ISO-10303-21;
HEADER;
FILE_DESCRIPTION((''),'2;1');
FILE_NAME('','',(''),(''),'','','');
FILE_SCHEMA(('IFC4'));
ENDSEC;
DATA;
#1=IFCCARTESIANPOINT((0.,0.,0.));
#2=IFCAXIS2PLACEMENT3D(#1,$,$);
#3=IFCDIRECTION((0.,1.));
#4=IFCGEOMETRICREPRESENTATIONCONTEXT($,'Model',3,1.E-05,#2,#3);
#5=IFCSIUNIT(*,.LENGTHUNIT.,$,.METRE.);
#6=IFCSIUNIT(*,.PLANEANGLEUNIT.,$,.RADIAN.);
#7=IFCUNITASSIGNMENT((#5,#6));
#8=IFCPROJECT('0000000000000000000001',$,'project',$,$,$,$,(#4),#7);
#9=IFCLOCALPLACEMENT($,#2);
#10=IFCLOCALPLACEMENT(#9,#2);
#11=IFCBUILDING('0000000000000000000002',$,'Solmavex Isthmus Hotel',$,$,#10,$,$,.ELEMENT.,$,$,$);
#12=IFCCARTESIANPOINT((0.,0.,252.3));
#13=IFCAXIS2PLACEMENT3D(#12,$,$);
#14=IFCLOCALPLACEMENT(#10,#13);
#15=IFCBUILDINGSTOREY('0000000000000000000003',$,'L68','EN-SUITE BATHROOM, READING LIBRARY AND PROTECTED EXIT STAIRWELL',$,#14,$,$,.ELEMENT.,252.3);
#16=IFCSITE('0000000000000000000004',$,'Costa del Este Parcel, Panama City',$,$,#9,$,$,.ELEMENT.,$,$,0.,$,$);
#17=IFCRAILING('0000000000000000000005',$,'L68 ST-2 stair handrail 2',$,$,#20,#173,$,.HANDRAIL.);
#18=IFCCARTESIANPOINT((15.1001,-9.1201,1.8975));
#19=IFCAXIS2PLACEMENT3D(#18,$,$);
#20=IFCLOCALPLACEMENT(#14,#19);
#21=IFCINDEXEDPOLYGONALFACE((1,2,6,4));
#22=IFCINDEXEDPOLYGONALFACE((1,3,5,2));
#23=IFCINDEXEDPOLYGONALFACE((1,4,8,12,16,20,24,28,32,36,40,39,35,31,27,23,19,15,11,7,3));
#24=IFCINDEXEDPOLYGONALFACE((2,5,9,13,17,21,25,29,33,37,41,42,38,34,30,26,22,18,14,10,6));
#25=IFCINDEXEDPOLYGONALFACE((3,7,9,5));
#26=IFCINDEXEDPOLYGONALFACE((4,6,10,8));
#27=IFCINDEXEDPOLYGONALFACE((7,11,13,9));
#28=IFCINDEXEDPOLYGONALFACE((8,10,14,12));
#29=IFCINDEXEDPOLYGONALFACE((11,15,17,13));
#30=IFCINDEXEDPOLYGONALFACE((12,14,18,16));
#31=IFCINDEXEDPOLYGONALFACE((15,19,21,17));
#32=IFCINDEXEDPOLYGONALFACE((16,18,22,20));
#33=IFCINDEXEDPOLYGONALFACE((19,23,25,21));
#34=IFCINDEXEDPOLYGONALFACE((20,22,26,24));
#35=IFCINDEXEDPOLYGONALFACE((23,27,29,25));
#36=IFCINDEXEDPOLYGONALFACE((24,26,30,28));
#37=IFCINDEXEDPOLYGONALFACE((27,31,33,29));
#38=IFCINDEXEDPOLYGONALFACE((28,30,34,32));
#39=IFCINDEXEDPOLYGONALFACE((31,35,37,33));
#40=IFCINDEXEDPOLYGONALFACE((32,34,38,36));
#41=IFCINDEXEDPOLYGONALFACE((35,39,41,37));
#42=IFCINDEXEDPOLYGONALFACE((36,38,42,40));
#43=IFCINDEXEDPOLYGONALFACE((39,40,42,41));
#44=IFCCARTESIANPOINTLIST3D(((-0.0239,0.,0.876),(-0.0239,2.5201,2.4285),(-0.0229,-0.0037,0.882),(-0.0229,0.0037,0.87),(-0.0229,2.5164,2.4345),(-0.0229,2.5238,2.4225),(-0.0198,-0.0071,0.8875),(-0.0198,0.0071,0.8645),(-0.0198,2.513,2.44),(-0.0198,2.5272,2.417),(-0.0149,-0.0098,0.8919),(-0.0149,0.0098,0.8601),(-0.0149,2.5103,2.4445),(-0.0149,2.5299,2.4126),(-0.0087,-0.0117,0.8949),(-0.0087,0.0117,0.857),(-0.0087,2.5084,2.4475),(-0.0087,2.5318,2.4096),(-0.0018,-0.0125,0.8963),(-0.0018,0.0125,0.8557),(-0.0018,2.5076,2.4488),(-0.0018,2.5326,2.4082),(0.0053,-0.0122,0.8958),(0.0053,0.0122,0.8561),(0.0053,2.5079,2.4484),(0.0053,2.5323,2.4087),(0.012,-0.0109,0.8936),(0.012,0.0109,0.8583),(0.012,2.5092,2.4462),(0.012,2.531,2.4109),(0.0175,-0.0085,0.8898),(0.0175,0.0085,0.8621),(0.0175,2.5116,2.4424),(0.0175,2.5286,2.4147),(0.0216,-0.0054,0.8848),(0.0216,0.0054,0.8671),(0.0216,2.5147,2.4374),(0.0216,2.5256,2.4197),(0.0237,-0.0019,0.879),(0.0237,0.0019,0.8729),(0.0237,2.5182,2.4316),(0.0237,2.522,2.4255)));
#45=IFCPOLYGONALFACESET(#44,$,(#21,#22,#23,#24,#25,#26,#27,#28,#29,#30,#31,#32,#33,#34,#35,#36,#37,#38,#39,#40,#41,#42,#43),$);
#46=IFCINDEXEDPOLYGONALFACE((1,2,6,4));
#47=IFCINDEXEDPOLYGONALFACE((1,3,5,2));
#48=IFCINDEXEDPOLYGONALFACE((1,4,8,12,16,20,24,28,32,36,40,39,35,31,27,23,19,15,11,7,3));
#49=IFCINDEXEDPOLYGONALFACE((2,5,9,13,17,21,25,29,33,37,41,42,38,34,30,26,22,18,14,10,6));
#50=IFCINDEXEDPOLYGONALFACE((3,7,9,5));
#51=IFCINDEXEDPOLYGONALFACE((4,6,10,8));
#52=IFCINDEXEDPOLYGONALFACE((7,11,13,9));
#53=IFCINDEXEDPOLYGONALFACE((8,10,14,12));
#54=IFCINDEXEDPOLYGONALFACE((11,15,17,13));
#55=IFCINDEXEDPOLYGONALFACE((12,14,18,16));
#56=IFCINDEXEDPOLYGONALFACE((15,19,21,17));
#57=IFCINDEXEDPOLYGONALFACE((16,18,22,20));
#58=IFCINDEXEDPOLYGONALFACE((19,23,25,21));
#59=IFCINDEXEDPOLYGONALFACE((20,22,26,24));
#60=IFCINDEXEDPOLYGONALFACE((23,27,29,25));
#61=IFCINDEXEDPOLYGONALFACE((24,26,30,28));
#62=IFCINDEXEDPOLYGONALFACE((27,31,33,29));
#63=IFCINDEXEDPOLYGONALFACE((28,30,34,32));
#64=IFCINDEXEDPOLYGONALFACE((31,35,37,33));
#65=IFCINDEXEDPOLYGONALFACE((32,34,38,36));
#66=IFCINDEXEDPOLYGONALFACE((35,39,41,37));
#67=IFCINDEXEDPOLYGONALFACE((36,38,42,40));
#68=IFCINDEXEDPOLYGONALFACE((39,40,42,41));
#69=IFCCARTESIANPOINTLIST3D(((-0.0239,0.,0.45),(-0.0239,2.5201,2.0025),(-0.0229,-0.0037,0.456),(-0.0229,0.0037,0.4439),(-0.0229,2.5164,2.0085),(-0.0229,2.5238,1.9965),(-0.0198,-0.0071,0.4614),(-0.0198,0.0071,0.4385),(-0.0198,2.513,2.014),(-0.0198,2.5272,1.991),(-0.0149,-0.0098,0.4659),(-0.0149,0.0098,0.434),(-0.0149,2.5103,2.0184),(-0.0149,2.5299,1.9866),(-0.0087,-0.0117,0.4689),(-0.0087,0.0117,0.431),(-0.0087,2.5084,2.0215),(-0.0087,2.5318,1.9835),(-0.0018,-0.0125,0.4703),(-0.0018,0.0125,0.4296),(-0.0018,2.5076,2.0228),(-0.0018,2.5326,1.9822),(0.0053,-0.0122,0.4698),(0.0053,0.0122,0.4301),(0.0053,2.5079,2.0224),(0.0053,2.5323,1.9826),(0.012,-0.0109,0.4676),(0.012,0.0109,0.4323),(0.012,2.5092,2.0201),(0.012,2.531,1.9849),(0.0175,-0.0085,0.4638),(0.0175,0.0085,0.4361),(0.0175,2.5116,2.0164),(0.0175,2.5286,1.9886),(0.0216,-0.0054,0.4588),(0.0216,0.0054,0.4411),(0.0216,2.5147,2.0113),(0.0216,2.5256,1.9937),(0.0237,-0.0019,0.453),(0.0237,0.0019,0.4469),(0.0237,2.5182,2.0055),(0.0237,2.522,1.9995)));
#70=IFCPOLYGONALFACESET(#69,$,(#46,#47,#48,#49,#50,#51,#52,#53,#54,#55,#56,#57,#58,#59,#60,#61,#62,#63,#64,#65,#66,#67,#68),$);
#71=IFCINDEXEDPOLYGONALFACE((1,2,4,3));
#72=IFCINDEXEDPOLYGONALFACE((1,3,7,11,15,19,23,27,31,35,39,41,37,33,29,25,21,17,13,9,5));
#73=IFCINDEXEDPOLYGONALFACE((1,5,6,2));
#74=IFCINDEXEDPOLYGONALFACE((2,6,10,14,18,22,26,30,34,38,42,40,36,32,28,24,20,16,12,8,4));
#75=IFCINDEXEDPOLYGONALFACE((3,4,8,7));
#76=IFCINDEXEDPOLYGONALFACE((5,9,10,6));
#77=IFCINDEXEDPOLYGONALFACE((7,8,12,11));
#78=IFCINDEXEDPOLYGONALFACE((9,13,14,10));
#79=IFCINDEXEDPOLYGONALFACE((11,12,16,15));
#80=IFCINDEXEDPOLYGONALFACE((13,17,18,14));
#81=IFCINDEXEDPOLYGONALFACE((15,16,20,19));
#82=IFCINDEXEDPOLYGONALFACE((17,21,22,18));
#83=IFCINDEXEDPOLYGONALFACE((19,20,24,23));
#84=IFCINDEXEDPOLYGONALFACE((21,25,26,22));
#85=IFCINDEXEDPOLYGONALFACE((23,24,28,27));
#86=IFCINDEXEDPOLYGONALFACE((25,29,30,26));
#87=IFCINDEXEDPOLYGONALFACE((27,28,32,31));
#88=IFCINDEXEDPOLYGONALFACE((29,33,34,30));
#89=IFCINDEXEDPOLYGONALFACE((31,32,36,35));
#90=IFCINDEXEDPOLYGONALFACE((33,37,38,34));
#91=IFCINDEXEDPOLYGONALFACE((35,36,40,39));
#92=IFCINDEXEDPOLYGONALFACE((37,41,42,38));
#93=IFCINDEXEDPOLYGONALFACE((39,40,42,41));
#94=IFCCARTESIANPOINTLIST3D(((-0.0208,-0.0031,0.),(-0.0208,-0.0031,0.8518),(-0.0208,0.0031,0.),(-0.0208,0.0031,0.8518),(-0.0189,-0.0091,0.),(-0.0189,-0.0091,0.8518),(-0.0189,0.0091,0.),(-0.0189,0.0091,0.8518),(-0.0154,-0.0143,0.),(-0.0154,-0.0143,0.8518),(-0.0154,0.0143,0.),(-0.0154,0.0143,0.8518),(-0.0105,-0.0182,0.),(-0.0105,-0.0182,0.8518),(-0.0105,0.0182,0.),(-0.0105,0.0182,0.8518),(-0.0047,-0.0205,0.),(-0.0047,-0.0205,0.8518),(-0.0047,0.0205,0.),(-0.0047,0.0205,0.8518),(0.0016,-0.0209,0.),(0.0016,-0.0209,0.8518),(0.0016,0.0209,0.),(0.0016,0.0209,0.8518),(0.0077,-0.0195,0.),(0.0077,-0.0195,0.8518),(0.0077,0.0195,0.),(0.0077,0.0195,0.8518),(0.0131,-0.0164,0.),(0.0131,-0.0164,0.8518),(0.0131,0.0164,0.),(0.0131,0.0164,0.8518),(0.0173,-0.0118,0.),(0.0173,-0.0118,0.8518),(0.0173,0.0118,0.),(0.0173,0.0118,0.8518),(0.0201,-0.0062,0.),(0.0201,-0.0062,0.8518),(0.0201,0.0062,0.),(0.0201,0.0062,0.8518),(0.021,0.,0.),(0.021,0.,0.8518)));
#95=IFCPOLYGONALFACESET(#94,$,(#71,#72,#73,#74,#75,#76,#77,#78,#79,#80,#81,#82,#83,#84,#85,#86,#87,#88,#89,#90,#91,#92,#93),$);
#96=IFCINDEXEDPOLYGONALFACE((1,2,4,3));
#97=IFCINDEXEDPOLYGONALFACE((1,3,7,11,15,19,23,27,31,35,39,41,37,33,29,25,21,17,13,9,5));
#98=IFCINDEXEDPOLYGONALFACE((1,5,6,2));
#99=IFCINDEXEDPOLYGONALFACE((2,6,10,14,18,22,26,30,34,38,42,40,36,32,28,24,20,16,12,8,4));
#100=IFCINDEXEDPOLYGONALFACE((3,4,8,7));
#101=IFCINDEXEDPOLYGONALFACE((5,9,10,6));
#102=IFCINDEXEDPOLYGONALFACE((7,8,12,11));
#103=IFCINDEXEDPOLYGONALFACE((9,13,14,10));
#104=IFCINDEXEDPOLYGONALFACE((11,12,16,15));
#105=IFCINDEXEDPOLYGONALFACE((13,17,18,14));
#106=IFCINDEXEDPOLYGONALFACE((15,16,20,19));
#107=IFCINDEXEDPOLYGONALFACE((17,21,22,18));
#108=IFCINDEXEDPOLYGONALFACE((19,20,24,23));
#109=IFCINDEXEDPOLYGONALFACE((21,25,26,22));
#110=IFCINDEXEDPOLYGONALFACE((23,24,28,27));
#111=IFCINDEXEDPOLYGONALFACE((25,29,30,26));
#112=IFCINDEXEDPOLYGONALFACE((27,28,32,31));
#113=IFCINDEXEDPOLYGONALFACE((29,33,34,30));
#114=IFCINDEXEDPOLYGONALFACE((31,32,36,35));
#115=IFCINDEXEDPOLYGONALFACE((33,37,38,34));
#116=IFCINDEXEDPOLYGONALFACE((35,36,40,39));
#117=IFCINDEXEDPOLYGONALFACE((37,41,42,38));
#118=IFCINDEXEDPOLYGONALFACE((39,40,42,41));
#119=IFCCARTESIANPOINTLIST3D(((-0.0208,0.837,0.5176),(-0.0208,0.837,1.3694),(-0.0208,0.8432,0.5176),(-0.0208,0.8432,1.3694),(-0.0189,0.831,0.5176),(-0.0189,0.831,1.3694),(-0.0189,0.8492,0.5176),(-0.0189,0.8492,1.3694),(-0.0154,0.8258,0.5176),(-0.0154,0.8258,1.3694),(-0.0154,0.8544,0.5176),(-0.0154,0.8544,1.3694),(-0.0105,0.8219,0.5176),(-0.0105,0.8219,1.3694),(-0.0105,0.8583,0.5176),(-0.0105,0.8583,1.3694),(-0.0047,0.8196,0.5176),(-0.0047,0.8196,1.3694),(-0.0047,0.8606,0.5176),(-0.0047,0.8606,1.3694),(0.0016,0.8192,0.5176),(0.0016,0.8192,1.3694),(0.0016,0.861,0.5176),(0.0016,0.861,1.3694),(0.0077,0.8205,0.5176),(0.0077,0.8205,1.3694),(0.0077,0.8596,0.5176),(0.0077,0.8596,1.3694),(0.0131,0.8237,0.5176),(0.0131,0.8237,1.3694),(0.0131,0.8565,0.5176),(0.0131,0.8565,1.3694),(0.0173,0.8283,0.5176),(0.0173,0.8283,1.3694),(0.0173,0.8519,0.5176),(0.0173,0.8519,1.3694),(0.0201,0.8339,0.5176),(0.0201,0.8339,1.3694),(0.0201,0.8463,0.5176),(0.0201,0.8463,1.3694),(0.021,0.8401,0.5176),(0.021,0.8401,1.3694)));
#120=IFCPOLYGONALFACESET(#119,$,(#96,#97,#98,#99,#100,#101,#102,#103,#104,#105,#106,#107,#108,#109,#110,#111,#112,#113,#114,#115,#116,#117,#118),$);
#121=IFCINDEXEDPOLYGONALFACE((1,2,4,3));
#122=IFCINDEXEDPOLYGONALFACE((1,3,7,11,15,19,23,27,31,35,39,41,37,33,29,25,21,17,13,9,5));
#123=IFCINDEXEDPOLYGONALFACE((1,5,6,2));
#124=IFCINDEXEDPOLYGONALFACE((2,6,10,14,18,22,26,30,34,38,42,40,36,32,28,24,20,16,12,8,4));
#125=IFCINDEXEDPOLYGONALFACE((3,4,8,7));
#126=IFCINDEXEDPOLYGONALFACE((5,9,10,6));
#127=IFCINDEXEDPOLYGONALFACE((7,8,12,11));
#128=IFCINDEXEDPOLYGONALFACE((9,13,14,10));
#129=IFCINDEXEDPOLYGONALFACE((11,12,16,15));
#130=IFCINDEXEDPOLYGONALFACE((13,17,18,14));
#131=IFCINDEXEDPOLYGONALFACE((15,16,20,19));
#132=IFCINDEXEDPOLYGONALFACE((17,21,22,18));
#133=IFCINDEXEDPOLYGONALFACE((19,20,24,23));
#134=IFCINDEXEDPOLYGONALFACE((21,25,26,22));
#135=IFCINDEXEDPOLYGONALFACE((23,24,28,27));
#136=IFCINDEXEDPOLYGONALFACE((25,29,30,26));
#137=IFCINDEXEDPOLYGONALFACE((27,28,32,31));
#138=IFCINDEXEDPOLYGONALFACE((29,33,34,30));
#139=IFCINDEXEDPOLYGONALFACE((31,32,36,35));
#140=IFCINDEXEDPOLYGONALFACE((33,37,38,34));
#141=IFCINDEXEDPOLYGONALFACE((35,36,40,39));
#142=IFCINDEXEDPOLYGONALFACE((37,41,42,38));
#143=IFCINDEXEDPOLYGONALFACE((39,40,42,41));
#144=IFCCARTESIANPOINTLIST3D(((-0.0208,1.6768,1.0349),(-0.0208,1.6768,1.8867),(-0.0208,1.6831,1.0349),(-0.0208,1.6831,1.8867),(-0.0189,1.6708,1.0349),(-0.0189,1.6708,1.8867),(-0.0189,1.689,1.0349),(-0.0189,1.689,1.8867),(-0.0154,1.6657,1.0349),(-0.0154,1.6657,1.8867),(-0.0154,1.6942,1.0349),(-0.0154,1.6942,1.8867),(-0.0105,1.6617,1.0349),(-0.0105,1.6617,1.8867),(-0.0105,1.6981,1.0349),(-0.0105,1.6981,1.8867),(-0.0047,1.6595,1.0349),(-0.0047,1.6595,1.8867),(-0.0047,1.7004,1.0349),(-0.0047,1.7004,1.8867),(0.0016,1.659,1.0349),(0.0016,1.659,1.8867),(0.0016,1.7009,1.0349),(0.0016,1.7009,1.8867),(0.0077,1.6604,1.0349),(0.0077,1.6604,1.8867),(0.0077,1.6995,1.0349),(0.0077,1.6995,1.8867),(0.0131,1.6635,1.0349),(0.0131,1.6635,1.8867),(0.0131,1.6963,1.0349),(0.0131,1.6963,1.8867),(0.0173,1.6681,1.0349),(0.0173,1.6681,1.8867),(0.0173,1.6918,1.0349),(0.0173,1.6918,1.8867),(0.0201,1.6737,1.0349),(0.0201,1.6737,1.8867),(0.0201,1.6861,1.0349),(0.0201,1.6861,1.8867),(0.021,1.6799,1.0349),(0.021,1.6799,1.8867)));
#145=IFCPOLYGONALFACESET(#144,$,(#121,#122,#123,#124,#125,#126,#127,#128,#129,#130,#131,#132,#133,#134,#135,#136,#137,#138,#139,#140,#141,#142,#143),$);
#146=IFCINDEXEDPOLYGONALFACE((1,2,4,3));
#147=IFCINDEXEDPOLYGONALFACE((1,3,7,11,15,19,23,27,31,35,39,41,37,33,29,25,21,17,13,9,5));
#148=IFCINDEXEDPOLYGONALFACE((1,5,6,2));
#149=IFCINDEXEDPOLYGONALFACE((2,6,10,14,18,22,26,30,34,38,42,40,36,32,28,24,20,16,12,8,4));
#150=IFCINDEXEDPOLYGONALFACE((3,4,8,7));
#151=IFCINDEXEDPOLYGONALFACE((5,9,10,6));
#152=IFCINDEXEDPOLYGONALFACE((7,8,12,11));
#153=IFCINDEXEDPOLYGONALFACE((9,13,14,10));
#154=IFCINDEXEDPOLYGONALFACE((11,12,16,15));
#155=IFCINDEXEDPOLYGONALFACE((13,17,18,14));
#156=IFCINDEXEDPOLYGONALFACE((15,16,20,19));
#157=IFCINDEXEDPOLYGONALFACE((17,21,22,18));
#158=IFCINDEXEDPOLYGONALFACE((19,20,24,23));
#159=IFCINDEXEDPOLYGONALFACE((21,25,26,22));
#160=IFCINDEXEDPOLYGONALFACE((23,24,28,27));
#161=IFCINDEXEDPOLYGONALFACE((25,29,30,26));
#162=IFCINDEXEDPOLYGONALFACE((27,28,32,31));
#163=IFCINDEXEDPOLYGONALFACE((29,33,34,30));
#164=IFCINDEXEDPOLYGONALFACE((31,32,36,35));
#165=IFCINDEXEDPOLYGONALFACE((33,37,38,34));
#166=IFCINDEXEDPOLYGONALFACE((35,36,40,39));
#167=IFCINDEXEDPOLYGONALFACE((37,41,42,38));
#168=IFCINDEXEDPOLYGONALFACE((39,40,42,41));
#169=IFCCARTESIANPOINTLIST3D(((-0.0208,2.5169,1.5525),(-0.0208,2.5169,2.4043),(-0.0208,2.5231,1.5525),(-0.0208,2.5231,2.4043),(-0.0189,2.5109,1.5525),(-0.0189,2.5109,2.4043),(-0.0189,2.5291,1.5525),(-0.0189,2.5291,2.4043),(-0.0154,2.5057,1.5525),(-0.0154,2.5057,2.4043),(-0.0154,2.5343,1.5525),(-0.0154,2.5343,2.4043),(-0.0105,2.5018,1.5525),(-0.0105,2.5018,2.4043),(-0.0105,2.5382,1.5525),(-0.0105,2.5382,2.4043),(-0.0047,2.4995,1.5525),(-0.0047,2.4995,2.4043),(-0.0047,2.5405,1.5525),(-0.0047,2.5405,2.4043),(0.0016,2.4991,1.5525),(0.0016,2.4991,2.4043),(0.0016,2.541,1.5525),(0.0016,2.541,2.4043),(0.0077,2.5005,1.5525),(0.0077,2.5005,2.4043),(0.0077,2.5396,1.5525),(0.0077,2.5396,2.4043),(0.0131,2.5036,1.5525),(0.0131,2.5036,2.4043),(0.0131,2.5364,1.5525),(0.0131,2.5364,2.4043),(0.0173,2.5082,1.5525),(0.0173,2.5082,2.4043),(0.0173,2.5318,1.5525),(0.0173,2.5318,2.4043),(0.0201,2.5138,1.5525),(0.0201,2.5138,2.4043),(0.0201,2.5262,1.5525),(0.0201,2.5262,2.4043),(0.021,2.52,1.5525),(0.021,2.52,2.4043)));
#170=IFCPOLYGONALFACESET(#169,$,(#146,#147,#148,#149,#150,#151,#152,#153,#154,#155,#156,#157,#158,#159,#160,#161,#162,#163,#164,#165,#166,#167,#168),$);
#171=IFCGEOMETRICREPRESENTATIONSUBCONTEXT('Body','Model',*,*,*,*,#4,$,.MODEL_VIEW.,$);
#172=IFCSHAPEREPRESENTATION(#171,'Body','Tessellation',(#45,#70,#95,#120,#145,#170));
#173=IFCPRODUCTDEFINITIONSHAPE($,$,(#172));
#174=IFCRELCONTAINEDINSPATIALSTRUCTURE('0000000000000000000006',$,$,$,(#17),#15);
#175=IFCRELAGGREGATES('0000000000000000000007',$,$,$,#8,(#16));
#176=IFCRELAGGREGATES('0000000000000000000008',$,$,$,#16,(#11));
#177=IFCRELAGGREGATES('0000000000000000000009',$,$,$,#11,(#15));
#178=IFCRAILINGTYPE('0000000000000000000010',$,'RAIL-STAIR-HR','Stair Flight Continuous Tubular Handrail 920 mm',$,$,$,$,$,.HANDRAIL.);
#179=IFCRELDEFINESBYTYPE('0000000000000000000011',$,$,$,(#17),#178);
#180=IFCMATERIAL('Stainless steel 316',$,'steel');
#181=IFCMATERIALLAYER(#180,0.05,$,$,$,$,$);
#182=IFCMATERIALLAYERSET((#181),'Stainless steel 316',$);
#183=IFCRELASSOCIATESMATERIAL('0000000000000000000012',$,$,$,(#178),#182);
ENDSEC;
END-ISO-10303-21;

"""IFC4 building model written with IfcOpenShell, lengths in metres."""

from ifc_helpers import new_model, si_unit, direction, frame, origin, origin_2d, place, context, subcontext, project, spatial, circle, extrude, material, layer, layer_set, type_object, element, save


model = new_model("IFC4")

# Units and contexts
model_context = context("Model", 3, precision=1e-05, world=origin(), true_north=direction((0.0, 1.0)))
body_context = subcontext(model_context, "Body", "Model", "MODEL_VIEW")
ifc_project = project(units=[si_unit("LENGTHUNIT", "METRE"), si_unit("PLANEANGLEUNIT", "RADIAN")], contexts=[model_context])

# Site, building, storey
site_placement = place(None, origin())
site = spatial("IfcSite", under=ifc_project, at=site_placement, Name="Costa del Este Parcel, Panama City", CompositionType="ELEMENT", RefElevation=0.0)
building_placement = place(site_placement, origin())
building = spatial("IfcBuilding", under=site, at=building_placement, Name="Solmavex Isthmus Hotel", CompositionType="ELEMENT")
storey_placement = place(building_placement, frame((0.0, 0.0, 252.3)))
storey = spatial("IfcBuildingStorey", under=building, at=storey_placement, Name="L68", Description="EN-SUITE BATHROOM, READING LIBRARY AND PROTECTED EXIT STAIRWELL", CompositionType="ELEMENT", Elevation=252.3)

# Railing
ifc_material_1 = material(Name="Stainless steel 316", Category="steel")
ifc_layer_1 = layer(ifc_material_1, 0.05)
ifc_layer_set_1 = layer_set([ifc_layer_1], Name="Stainless steel 316")
railing_type_1 = type_object("IfcRailingType", Name="RAIL-STAIR-HR", Description="Stair Flight Continuous Tubular Handrail 920 mm", PredefinedType="HANDRAIL", material=ifc_layer_set_1)
railing_1_placement = place(storey_placement, frame((15.1001, -9.1201, 1.8975)))
element("IfcRailing", 1, at=railing_1_placement, inside=storey, type_object=railing_type_1, Name="L68 ST-2 stair handrail 2", PredefinedType="HANDRAIL", context=body_context, shape_type="SweptSolid", body=[
    extrude(circle(Radius=0.0239, at=origin_2d()), frame((0.0, 0.0, 0.876), z_axis=(0.0, 0.8514, 0.524516), x_axis=(-1.0, 0.0, 0.0)), (0.0, 0.0, 1.0), 2.96),
    extrude(circle(Radius=0.0239, at=origin_2d()), frame((0.0, 0.0, 0.45), z_axis=(0.0, 0.8514, 0.524516), x_axis=(-1.0, 0.0, 0.0)), (0.0, 0.0, 1.0), 2.96),
    extrude(circle(Radius=0.021, at=origin_2d()), origin(), (0.0, 0.0, 1.0), 0.8518),
    extrude(circle(Radius=0.021, at=origin_2d()), frame((0.0, 0.8401, 0.5176)), (0.0, 0.0, 1.0), 0.8518),
    extrude(circle(Radius=0.021, at=origin_2d()), frame((0.0, 1.6799, 1.0349)), (0.0, 0.0, 1.0), 0.8518),
    extrude(circle(Radius=0.021, at=origin_2d()), frame((0.0, 2.52, 1.5525)), (0.0, 0.0, 1.0), 0.8518),
])

save(model, "model.ifc")
